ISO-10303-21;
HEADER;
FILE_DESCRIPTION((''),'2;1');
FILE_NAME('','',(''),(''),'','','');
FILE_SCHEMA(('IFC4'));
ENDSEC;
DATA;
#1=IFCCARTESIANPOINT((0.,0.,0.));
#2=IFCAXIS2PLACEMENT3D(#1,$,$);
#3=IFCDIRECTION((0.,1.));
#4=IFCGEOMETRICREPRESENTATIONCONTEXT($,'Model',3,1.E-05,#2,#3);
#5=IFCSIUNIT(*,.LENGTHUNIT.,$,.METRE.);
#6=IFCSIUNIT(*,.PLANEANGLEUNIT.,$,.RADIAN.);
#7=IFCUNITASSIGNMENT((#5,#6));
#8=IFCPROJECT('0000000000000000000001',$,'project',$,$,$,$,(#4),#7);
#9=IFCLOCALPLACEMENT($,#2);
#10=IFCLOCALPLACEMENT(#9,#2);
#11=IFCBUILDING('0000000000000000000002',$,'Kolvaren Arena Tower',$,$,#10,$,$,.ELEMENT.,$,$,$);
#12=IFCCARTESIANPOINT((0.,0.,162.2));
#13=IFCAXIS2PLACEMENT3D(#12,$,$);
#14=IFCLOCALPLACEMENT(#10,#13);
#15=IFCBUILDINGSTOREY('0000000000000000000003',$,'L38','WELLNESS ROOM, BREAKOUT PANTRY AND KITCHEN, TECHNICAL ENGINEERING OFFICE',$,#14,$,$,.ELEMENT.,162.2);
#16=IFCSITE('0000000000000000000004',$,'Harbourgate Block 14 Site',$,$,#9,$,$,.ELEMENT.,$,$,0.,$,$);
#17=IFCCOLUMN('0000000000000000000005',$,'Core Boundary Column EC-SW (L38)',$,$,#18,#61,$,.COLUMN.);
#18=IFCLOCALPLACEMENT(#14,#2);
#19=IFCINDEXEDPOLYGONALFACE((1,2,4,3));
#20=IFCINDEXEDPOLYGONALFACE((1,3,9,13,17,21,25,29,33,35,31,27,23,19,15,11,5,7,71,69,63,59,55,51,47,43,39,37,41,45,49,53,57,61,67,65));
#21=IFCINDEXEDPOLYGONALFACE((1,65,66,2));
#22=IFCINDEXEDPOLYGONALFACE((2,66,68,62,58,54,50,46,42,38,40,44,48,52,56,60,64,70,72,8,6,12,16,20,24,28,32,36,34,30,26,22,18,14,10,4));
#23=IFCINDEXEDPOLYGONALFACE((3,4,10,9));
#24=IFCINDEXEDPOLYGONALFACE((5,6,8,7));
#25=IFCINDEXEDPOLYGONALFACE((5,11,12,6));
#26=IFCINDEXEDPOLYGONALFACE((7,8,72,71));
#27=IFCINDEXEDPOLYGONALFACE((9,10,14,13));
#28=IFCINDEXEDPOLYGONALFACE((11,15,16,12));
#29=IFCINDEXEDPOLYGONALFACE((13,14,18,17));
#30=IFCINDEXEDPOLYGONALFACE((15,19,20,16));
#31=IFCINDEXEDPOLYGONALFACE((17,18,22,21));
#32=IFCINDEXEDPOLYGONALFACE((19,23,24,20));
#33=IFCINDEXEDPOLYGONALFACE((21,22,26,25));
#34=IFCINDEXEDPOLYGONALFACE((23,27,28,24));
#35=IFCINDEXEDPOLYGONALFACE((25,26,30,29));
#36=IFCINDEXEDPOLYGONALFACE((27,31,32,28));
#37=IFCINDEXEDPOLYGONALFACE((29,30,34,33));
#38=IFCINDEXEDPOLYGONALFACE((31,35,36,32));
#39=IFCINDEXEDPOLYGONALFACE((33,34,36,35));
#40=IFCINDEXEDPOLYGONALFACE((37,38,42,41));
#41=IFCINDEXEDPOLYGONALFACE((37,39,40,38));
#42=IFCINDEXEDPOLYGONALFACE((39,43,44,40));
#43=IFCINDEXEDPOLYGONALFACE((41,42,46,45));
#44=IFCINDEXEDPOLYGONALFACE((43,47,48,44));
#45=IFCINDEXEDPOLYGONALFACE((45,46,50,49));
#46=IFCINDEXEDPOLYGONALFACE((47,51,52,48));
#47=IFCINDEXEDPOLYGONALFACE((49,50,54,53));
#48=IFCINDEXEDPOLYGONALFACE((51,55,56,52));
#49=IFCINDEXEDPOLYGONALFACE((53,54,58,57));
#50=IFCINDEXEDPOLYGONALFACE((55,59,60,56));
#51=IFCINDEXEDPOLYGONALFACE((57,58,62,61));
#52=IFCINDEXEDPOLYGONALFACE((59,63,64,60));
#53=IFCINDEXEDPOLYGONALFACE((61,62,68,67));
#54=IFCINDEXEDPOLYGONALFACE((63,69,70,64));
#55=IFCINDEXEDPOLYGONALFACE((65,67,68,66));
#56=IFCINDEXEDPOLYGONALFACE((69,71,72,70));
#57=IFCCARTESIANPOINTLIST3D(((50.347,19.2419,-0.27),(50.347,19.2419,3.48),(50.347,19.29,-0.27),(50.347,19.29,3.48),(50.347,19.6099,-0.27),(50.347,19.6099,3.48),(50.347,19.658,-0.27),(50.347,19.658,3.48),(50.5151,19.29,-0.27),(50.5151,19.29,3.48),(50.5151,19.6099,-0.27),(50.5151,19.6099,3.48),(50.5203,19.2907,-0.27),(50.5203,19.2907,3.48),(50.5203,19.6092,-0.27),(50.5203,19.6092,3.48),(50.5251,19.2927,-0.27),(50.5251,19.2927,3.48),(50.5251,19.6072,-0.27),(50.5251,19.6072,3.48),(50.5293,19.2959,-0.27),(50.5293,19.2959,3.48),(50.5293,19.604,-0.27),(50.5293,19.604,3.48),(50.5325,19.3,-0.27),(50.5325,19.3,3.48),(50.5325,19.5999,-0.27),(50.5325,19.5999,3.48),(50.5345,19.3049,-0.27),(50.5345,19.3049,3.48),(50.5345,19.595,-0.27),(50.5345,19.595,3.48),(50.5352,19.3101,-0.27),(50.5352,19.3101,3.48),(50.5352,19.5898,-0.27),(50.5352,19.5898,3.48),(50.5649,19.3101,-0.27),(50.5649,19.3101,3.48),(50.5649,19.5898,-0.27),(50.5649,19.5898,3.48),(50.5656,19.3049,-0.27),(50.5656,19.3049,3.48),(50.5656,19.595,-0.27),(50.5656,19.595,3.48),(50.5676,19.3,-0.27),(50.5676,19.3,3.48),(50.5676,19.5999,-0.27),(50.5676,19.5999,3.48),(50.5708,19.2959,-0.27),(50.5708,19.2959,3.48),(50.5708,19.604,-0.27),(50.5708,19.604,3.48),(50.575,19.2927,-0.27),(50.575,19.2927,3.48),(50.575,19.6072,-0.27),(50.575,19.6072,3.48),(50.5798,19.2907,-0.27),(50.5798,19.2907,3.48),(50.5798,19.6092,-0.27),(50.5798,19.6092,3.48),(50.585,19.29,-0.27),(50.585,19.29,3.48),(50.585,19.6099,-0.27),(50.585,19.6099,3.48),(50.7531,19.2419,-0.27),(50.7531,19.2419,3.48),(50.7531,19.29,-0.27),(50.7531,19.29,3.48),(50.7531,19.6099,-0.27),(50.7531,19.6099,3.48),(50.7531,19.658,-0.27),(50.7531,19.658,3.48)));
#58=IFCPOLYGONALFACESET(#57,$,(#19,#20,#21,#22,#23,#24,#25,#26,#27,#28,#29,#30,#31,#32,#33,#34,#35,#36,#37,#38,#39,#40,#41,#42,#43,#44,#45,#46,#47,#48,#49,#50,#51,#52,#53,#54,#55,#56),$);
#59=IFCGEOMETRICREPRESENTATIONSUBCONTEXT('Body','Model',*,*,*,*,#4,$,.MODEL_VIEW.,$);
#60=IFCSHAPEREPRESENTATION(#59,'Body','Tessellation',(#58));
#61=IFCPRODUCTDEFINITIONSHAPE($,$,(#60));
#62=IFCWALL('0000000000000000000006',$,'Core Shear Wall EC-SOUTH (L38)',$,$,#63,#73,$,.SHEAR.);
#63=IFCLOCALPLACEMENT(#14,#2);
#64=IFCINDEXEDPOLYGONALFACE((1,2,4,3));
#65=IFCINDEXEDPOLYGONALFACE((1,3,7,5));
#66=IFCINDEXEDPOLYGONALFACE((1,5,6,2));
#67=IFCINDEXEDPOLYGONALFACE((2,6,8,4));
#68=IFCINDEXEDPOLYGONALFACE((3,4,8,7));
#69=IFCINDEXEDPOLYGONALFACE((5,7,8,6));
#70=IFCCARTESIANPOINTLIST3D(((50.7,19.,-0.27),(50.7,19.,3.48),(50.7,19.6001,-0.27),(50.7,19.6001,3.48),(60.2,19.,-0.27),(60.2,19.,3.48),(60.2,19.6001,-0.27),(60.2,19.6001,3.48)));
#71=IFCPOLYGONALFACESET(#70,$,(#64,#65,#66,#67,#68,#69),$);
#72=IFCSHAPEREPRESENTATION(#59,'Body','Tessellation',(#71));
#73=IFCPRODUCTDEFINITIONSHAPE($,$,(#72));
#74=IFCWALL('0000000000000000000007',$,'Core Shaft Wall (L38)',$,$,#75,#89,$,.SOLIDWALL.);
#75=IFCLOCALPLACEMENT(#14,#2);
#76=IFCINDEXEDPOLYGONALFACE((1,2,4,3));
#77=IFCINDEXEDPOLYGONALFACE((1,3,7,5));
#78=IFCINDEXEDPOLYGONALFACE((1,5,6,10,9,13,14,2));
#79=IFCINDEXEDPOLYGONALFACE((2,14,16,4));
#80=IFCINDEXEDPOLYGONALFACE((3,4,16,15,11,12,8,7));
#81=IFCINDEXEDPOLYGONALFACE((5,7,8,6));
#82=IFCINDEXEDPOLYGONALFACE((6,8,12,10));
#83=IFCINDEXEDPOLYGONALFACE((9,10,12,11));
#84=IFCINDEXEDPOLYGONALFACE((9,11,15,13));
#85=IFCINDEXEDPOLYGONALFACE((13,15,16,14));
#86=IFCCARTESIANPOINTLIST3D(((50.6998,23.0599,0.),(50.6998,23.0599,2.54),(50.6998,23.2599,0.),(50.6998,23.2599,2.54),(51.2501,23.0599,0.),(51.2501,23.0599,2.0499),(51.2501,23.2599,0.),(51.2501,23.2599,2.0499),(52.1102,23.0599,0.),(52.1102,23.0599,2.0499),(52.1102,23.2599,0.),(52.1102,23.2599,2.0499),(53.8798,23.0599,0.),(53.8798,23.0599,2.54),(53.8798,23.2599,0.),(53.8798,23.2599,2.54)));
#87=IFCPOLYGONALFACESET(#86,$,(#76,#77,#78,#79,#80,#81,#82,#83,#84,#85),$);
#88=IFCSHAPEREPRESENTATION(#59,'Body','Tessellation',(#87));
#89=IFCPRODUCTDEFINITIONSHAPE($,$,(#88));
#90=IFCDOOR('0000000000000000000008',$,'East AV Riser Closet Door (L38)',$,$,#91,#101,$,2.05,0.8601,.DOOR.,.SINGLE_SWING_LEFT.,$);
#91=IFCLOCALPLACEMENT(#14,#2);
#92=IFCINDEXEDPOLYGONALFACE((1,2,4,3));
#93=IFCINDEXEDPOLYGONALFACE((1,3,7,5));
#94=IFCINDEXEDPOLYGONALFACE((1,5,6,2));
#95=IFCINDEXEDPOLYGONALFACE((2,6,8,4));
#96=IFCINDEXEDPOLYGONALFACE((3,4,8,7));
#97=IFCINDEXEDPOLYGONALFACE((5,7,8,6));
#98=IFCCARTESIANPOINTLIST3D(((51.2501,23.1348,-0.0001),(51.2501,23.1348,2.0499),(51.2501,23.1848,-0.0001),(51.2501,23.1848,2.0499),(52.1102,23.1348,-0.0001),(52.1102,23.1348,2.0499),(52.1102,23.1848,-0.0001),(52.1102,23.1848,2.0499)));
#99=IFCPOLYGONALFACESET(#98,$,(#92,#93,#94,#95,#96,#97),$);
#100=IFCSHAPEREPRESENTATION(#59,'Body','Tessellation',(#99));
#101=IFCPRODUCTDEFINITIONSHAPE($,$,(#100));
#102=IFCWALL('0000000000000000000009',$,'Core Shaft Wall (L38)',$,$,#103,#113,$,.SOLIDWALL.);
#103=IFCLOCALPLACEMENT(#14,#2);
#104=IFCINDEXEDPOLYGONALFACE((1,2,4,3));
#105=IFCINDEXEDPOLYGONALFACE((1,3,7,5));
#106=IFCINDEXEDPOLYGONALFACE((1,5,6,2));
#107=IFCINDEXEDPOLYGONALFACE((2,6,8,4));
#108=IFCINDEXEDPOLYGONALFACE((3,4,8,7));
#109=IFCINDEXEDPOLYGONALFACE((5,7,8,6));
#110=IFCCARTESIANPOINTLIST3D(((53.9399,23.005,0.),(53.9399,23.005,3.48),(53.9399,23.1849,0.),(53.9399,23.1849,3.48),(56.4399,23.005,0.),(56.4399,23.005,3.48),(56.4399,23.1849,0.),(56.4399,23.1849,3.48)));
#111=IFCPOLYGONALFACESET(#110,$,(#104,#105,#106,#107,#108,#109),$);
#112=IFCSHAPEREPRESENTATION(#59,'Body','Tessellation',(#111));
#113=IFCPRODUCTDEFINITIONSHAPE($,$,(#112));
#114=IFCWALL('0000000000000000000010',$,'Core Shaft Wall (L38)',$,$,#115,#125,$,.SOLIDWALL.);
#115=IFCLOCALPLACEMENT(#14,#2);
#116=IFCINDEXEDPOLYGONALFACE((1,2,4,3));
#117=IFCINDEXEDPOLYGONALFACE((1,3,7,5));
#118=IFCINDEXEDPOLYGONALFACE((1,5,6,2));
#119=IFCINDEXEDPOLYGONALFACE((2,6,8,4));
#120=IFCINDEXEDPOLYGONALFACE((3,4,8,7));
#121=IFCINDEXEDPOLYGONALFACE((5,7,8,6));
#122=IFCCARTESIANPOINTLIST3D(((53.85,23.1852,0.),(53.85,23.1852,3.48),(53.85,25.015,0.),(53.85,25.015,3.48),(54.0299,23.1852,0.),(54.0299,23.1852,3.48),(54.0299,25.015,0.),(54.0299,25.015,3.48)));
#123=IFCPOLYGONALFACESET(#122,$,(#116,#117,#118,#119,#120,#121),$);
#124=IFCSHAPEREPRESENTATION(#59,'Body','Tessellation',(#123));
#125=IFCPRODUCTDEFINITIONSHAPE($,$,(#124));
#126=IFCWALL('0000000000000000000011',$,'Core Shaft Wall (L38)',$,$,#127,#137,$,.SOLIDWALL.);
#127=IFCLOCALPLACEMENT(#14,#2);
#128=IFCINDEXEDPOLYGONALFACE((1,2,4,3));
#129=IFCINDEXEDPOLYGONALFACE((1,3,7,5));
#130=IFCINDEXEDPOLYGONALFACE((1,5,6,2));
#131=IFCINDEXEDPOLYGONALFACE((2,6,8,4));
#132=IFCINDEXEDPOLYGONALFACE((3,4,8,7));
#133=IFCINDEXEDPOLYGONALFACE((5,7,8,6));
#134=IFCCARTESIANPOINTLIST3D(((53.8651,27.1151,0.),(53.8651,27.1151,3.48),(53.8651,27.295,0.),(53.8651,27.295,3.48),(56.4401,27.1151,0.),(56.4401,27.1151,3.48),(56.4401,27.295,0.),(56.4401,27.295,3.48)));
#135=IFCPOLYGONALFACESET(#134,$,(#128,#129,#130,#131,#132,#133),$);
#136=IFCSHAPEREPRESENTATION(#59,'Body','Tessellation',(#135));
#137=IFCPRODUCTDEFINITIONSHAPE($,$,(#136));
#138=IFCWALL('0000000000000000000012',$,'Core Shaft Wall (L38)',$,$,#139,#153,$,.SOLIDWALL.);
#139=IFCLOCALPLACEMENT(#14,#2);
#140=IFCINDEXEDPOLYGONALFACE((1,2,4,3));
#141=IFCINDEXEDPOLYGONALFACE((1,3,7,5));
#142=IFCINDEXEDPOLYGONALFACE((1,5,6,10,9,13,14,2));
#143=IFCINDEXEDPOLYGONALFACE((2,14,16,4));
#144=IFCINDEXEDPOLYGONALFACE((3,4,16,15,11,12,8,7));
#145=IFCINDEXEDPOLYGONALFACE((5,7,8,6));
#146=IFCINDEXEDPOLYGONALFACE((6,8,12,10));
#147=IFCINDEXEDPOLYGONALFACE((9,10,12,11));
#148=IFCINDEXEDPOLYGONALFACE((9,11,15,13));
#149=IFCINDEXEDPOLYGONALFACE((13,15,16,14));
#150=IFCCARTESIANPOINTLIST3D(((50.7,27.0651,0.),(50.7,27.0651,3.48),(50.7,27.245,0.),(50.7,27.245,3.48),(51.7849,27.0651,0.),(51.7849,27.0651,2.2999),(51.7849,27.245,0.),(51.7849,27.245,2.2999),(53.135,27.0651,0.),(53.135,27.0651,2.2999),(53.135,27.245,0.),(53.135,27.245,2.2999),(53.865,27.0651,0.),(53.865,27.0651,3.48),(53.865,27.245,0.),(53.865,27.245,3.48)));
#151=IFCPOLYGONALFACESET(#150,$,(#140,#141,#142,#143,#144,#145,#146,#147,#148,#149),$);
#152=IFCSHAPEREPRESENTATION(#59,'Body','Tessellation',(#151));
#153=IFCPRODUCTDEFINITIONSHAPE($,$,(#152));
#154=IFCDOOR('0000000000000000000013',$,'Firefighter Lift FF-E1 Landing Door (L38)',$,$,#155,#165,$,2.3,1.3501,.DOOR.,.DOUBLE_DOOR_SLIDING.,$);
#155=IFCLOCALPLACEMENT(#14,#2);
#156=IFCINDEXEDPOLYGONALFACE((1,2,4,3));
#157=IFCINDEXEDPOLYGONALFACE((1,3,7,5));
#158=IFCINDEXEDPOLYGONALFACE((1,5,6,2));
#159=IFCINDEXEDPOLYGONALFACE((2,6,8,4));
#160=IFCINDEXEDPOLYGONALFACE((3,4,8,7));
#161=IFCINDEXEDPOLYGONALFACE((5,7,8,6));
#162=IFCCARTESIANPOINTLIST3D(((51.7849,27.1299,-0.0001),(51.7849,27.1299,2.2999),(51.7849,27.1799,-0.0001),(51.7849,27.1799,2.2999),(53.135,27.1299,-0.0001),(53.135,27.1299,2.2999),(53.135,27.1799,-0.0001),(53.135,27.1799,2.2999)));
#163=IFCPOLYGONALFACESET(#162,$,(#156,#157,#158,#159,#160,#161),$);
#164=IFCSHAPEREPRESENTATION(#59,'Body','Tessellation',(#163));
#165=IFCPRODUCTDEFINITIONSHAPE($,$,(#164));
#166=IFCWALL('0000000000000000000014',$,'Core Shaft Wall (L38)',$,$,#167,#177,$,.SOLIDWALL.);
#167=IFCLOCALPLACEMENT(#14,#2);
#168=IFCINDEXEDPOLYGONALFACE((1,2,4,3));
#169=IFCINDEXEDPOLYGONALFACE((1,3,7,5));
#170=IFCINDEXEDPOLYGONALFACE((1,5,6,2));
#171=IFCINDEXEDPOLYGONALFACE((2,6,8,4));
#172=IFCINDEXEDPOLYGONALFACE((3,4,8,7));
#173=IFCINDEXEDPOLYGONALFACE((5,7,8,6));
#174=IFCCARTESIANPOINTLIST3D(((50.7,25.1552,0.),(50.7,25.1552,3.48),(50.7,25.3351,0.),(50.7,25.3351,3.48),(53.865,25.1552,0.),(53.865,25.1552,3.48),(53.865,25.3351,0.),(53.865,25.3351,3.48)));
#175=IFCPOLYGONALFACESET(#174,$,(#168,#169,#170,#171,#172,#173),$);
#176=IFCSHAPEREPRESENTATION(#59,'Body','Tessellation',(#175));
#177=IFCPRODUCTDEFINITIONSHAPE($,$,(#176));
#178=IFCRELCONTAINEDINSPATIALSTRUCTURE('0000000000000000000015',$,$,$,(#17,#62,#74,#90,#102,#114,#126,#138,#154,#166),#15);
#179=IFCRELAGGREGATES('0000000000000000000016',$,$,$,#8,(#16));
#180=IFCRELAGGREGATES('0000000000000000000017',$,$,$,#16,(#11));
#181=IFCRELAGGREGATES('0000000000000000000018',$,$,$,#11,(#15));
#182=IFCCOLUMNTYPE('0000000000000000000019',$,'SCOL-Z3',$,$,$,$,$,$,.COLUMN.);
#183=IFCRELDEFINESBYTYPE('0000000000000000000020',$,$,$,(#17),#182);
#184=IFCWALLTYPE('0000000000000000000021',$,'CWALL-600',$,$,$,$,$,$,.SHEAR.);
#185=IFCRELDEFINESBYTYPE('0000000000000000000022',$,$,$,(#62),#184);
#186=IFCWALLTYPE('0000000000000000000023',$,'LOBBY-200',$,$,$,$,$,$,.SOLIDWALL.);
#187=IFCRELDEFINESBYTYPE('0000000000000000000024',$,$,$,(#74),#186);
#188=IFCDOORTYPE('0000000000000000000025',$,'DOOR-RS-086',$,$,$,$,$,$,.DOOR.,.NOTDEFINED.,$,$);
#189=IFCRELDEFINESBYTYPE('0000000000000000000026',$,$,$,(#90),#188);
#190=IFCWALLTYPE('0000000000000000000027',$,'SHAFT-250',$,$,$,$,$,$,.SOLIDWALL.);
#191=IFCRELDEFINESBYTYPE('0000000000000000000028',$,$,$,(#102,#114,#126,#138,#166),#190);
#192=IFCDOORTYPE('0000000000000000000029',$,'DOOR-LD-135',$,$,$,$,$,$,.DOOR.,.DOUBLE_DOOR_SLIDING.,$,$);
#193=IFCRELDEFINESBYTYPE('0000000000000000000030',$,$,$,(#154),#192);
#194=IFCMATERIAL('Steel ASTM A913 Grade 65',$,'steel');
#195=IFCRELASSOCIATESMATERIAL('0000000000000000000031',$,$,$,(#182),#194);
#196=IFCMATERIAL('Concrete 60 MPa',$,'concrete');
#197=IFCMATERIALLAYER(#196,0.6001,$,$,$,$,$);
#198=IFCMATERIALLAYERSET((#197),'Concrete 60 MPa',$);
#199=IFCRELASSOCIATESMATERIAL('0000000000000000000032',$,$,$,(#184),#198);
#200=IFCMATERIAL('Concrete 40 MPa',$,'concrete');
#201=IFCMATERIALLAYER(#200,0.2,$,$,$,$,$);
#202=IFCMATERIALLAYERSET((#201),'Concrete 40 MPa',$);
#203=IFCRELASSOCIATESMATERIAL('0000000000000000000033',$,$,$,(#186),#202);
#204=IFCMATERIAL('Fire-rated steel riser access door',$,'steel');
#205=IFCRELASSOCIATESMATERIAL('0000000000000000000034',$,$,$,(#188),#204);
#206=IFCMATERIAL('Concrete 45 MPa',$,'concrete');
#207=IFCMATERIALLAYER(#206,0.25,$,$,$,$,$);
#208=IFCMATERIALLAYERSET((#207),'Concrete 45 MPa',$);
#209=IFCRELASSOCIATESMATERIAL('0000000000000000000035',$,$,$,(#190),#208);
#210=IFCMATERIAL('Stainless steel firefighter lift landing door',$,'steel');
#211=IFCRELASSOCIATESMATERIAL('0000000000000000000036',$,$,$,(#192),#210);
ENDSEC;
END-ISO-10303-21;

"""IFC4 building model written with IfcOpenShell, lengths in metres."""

from ifc_helpers import new_model, si_unit, direction, frame, frame_2d, origin, origin_2d, place, context, subcontext, project, spatial, rectangle, i_section, extrude, material, layer, layer_set, material_profile, profile_set, type_object, element, fill, save


model = new_model("IFC4")

# Units and contexts
model_context = context("Model", 3, precision=1e-05, world=origin(), true_north=direction((0.0, 1.0)))
body_context = subcontext(model_context, "Body", "Model", "MODEL_VIEW")
ifc_project = project(units=[si_unit("LENGTHUNIT", "METRE"), si_unit("PLANEANGLEUNIT", "RADIAN")], contexts=[model_context])

# Site, building, storey
site_placement = place(None, origin())
site = spatial("IfcSite", under=ifc_project, at=site_placement, Name="Harbourgate Block 14 Site", CompositionType="ELEMENT", RefElevation=0.0)
building_placement = place(site_placement, origin())
building = spatial("IfcBuilding", under=site, at=building_placement, Name="Kolvaren Arena Tower", CompositionType="ELEMENT")
storey_placement = place(building_placement, frame((0.0, 0.0, 162.2)))
storey = spatial("IfcBuildingStorey", under=building, at=storey_placement, Name="L38", Description="WELLNESS ROOM, BREAKOUT PANTRY AND KITCHEN, TECHNICAL ENGINEERING OFFICE", CompositionType="ELEMENT", Elevation=162.2)

# Column
ifc_material_1 = material(Name="Steel ASTM A913 Grade 65", Category="steel")
ifc_material_profile = material_profile(ifc_material_1, i_section(OverallWidth=0.406, OverallDepth=0.416, WebThickness=0.0298, FlangeThickness=0.0481, FilletRadius=0.02, at=origin_2d()), Name="W360x382")
ifc_profile_set = profile_set([ifc_material_profile], Name="Steel ASTM A913 Grade 65")
column_type = type_object("IfcColumnType", Name="SCOL-Z3", PredefinedType="COLUMN", material=ifc_profile_set)
column_placement = place(storey_placement, frame((50.55, 19.45, -0.27), z_axis=(0.0, 0.0, 1.0), x_axis=(1.0, 0.0, 0.0)))
element("IfcColumn", 1, at=column_placement, inside=storey, type_object=column_type, Name="Core Boundary Column EC-SW (L38)", PredefinedType="COLUMN", context=body_context, shape_type="SweptSolid", body=[
    extrude(i_section(OverallWidth=0.406, OverallDepth=0.416, WebThickness=0.0298, FlangeThickness=0.0481, FilletRadius=0.02, at=origin_2d()), origin(), (0.0, 0.0, 1.0), 3.75),
])

# Wall
ifc_material_2 = material(Name="Concrete 60 MPa", Category="concrete")
ifc_layer_1 = layer(ifc_material_2, 0.6001)
ifc_layer_set_1 = layer_set([ifc_layer_1], Name="Concrete 60 MPa")
wall_type_1 = type_object("IfcWallType", Name="CWALL-600", PredefinedType="SHEAR", material=ifc_layer_set_1)
wall_1_placement = place(storey_placement, frame((50.7, 19.3, -0.27), z_axis=(0.0, 0.0, 1.0), x_axis=(1.0, 0.0, 0.0)))
element("IfcWall", 2, at=wall_1_placement, inside=storey, type_object=wall_type_1, Name="Core Shear Wall EC-SOUTH (L38)", PredefinedType="SHEAR", context=body_context, shape_type="SweptSolid", body=[
    extrude(rectangle(XDim=9.5, YDim=0.6001, at=frame_2d((4.75, 0.0))), origin(), (0.0, 0.0, 1.0), 3.75),
])

# Shared definitions
ifc_material_3 = material(Name="Concrete 40 MPa", Category="concrete")
ifc_layer_2 = layer(ifc_material_3, 0.2)
ifc_layer_set_2 = layer_set([ifc_layer_2], Name="Concrete 40 MPa")
wall_type_2 = type_object("IfcWallType", Name="LOBBY-200", PredefinedType="SOLIDWALL", material=ifc_layer_set_2)

# Wall, opening, door
wall_2_placement = place(storey_placement, frame((50.7, 23.1599, 0.0), z_axis=(0.0, 0.0, 1.0), x_axis=(1.0, 0.0, 0.0)))
wall_2 = element("IfcWall", 3, at=wall_2_placement, inside=storey, type_object=wall_type_2, Name="Core Shaft Wall (L38)", PredefinedType="SOLIDWALL", context=body_context, shape_type="SweptSolid", body=[
    extrude(rectangle(XDim=3.1799, YDim=0.2, at=frame_2d((1.5898, 0.0))), origin(), (0.0, 0.0, 1.0), 2.54),
])
opening_1_placement = place(wall_2_placement, frame((0.55, 0.0, 0.0)))
opening_1 = element("IfcOpeningElement", 4, at=opening_1_placement, cuts=wall_2, PredefinedType="OPENING", context=body_context, shape_type="SweptSolid", body=[
    extrude(rectangle(XDim=0.8601, YDim=2.05, at=frame_2d((0.4302, 1.0249))), frame((0.0, 0.1099, 0.0), z_axis=(0.0, -1.0, 0.0), x_axis=(1.0, 0.0, 0.0)), (0.0, 0.0, 1.0), 0.22),
])
ifc_material_4 = material(Name="Fire-rated steel riser access door", Category="steel")
door_type_1 = type_object("IfcDoorType", Name="DOOR-RS-086", OperationType="NOTDEFINED", PredefinedType="DOOR", material=ifc_material_4)
door_1_placement = place(opening_1_placement, origin())
door_1 = element("IfcDoor", 5, at=door_1_placement, inside=storey, type_object=door_type_1, Name="East AV Riser Closet Door (L38)", OperationType="SINGLE_SWING_LEFT", OverallHeight=2.05, OverallWidth=0.8601, PredefinedType="DOOR", context=body_context, shape_type="SweptSolid", body=[
    extrude(rectangle(XDim=0.8601, YDim=2.05, at=frame_2d((0.4302, 1.0249))), frame((0.0, 0.0249, 0.0), z_axis=(0.0, -1.0, 0.0), x_axis=(1.0, 0.0, 0.0)), (0.0, 0.0, 1.0), 0.05),
])
fill(opening_1, door_1)

# Walls
ifc_material_5 = material(Name="Concrete 45 MPa", Category="concrete")
ifc_layer_3 = layer(ifc_material_5, 0.25)
ifc_layer_set_3 = layer_set([ifc_layer_3], Name="Concrete 45 MPa")
wall_type_3 = type_object("IfcWallType", Name="SHAFT-250", PredefinedType="SOLIDWALL", material=ifc_layer_set_3)
wall_3_placement = place(storey_placement, frame((53.9399, 23.095, 0.0), z_axis=(0.0, 0.0, 1.0), x_axis=(1.0, 0.0, 0.0)))
element("IfcWall", 6, at=wall_3_placement, inside=storey, type_object=wall_type_3, Name="Core Shaft Wall (L38)", PredefinedType="SOLIDWALL", context=body_context, shape_type="SweptSolid", body=[
    extrude(rectangle(XDim=2.5, YDim=0.1799, at=frame_2d((1.25, 0.0))), origin(), (0.0, 0.0, 1.0), 3.48),
])
wall_4_placement = place(storey_placement, frame((53.9399, 23.1851, 0.0), z_axis=(0.0, 0.0, 1.0), x_axis=(0.0, 1.0, 0.0)))
element("IfcWall", 7, at=wall_4_placement, inside=storey, type_object=wall_type_3, Name="Core Shaft Wall (L38)", PredefinedType="SOLIDWALL", context=body_context, shape_type="SweptSolid", body=[
    extrude(rectangle(XDim=1.8298, YDim=0.1799, at=frame_2d((0.915, 0.0))), origin(), (0.0, 0.0, 1.0), 3.48),
])
wall_5_placement = place(storey_placement, frame((53.865, 27.2051, 0.0), z_axis=(0.0, 0.0, 1.0), x_axis=(1.0, 0.0, 0.0)))
element("IfcWall", 8, at=wall_5_placement, inside=storey, type_object=wall_type_3, Name="Core Shaft Wall (L38)", PredefinedType="SOLIDWALL", context=body_context, shape_type="SweptSolid", body=[
    extrude(rectangle(XDim=2.575, YDim=0.1799, at=frame_2d((1.2876, 0.0))), origin(), (0.0, 0.0, 1.0), 3.48),
])

# Wall, opening, door
wall_6_placement = place(storey_placement, frame((50.7, 27.155, 0.0), z_axis=(0.0, 0.0, 1.0), x_axis=(1.0, 0.0, 0.0)))
wall_6 = element("IfcWall", 9, at=wall_6_placement, inside=storey, type_object=wall_type_3, Name="Core Shaft Wall (L38)", PredefinedType="SOLIDWALL", context=body_context, shape_type="SweptSolid", body=[
    extrude(rectangle(XDim=3.165, YDim=0.1799, at=frame_2d((1.5825, 0.0))), origin(), (0.0, 0.0, 1.0), 3.48),
])
opening_2_placement = place(wall_6_placement, frame((1.085, 0.0, 0.0)))
opening_2 = element("IfcOpeningElement", 10, at=opening_2_placement, cuts=wall_6, PredefinedType="OPENING", context=body_context, shape_type="SweptSolid", body=[
    extrude(rectangle(XDim=1.3501, YDim=2.3, at=frame_2d((0.675, 1.1499))), frame((0.0, 0.0999, 0.0), z_axis=(0.0, -1.0, 0.0), x_axis=(1.0, 0.0, 0.0)), (0.0, 0.0, 1.0), 0.2),
])
ifc_material_6 = material(Name="Stainless steel firefighter lift landing door", Category="steel")
door_type_2 = type_object("IfcDoorType", Name="DOOR-LD-135", OperationType="DOUBLE_DOOR_SLIDING", PredefinedType="DOOR", material=ifc_material_6)
door_2_placement = place(opening_2_placement, origin())
door_2 = element("IfcDoor", 11, at=door_2_placement, inside=storey, type_object=door_type_2, Name="Firefighter Lift FF-E1 Landing Door (L38)", OperationType="DOUBLE_DOOR_SLIDING", OverallHeight=2.3, OverallWidth=1.3501, PredefinedType="DOOR", context=body_context, shape_type="SweptSolid", body=[
    extrude(rectangle(XDim=1.3501, YDim=2.3, at=frame_2d((0.675, 1.1499))), frame((0.0, 0.0249, 0.0), z_axis=(0.0, -1.0, 0.0), x_axis=(1.0, 0.0, 0.0)), (0.0, 0.0, 1.0), 0.05),
])
fill(opening_2, door_2)

# Wall
wall_7_placement = place(storey_placement, frame((50.7, 25.2451, 0.0), z_axis=(0.0, 0.0, 1.0), x_axis=(1.0, 0.0, 0.0)))
element("IfcWall", 12, at=wall_7_placement, inside=storey, type_object=wall_type_3, Name="Core Shaft Wall (L38)", PredefinedType="SOLIDWALL", context=body_context, shape_type="SweptSolid", body=[
    extrude(rectangle(XDim=3.165, YDim=0.1799, at=frame_2d((1.5825, 0.0))), origin(), (0.0, 0.0, 1.0), 3.48),
])

save(model, "model.ifc")
